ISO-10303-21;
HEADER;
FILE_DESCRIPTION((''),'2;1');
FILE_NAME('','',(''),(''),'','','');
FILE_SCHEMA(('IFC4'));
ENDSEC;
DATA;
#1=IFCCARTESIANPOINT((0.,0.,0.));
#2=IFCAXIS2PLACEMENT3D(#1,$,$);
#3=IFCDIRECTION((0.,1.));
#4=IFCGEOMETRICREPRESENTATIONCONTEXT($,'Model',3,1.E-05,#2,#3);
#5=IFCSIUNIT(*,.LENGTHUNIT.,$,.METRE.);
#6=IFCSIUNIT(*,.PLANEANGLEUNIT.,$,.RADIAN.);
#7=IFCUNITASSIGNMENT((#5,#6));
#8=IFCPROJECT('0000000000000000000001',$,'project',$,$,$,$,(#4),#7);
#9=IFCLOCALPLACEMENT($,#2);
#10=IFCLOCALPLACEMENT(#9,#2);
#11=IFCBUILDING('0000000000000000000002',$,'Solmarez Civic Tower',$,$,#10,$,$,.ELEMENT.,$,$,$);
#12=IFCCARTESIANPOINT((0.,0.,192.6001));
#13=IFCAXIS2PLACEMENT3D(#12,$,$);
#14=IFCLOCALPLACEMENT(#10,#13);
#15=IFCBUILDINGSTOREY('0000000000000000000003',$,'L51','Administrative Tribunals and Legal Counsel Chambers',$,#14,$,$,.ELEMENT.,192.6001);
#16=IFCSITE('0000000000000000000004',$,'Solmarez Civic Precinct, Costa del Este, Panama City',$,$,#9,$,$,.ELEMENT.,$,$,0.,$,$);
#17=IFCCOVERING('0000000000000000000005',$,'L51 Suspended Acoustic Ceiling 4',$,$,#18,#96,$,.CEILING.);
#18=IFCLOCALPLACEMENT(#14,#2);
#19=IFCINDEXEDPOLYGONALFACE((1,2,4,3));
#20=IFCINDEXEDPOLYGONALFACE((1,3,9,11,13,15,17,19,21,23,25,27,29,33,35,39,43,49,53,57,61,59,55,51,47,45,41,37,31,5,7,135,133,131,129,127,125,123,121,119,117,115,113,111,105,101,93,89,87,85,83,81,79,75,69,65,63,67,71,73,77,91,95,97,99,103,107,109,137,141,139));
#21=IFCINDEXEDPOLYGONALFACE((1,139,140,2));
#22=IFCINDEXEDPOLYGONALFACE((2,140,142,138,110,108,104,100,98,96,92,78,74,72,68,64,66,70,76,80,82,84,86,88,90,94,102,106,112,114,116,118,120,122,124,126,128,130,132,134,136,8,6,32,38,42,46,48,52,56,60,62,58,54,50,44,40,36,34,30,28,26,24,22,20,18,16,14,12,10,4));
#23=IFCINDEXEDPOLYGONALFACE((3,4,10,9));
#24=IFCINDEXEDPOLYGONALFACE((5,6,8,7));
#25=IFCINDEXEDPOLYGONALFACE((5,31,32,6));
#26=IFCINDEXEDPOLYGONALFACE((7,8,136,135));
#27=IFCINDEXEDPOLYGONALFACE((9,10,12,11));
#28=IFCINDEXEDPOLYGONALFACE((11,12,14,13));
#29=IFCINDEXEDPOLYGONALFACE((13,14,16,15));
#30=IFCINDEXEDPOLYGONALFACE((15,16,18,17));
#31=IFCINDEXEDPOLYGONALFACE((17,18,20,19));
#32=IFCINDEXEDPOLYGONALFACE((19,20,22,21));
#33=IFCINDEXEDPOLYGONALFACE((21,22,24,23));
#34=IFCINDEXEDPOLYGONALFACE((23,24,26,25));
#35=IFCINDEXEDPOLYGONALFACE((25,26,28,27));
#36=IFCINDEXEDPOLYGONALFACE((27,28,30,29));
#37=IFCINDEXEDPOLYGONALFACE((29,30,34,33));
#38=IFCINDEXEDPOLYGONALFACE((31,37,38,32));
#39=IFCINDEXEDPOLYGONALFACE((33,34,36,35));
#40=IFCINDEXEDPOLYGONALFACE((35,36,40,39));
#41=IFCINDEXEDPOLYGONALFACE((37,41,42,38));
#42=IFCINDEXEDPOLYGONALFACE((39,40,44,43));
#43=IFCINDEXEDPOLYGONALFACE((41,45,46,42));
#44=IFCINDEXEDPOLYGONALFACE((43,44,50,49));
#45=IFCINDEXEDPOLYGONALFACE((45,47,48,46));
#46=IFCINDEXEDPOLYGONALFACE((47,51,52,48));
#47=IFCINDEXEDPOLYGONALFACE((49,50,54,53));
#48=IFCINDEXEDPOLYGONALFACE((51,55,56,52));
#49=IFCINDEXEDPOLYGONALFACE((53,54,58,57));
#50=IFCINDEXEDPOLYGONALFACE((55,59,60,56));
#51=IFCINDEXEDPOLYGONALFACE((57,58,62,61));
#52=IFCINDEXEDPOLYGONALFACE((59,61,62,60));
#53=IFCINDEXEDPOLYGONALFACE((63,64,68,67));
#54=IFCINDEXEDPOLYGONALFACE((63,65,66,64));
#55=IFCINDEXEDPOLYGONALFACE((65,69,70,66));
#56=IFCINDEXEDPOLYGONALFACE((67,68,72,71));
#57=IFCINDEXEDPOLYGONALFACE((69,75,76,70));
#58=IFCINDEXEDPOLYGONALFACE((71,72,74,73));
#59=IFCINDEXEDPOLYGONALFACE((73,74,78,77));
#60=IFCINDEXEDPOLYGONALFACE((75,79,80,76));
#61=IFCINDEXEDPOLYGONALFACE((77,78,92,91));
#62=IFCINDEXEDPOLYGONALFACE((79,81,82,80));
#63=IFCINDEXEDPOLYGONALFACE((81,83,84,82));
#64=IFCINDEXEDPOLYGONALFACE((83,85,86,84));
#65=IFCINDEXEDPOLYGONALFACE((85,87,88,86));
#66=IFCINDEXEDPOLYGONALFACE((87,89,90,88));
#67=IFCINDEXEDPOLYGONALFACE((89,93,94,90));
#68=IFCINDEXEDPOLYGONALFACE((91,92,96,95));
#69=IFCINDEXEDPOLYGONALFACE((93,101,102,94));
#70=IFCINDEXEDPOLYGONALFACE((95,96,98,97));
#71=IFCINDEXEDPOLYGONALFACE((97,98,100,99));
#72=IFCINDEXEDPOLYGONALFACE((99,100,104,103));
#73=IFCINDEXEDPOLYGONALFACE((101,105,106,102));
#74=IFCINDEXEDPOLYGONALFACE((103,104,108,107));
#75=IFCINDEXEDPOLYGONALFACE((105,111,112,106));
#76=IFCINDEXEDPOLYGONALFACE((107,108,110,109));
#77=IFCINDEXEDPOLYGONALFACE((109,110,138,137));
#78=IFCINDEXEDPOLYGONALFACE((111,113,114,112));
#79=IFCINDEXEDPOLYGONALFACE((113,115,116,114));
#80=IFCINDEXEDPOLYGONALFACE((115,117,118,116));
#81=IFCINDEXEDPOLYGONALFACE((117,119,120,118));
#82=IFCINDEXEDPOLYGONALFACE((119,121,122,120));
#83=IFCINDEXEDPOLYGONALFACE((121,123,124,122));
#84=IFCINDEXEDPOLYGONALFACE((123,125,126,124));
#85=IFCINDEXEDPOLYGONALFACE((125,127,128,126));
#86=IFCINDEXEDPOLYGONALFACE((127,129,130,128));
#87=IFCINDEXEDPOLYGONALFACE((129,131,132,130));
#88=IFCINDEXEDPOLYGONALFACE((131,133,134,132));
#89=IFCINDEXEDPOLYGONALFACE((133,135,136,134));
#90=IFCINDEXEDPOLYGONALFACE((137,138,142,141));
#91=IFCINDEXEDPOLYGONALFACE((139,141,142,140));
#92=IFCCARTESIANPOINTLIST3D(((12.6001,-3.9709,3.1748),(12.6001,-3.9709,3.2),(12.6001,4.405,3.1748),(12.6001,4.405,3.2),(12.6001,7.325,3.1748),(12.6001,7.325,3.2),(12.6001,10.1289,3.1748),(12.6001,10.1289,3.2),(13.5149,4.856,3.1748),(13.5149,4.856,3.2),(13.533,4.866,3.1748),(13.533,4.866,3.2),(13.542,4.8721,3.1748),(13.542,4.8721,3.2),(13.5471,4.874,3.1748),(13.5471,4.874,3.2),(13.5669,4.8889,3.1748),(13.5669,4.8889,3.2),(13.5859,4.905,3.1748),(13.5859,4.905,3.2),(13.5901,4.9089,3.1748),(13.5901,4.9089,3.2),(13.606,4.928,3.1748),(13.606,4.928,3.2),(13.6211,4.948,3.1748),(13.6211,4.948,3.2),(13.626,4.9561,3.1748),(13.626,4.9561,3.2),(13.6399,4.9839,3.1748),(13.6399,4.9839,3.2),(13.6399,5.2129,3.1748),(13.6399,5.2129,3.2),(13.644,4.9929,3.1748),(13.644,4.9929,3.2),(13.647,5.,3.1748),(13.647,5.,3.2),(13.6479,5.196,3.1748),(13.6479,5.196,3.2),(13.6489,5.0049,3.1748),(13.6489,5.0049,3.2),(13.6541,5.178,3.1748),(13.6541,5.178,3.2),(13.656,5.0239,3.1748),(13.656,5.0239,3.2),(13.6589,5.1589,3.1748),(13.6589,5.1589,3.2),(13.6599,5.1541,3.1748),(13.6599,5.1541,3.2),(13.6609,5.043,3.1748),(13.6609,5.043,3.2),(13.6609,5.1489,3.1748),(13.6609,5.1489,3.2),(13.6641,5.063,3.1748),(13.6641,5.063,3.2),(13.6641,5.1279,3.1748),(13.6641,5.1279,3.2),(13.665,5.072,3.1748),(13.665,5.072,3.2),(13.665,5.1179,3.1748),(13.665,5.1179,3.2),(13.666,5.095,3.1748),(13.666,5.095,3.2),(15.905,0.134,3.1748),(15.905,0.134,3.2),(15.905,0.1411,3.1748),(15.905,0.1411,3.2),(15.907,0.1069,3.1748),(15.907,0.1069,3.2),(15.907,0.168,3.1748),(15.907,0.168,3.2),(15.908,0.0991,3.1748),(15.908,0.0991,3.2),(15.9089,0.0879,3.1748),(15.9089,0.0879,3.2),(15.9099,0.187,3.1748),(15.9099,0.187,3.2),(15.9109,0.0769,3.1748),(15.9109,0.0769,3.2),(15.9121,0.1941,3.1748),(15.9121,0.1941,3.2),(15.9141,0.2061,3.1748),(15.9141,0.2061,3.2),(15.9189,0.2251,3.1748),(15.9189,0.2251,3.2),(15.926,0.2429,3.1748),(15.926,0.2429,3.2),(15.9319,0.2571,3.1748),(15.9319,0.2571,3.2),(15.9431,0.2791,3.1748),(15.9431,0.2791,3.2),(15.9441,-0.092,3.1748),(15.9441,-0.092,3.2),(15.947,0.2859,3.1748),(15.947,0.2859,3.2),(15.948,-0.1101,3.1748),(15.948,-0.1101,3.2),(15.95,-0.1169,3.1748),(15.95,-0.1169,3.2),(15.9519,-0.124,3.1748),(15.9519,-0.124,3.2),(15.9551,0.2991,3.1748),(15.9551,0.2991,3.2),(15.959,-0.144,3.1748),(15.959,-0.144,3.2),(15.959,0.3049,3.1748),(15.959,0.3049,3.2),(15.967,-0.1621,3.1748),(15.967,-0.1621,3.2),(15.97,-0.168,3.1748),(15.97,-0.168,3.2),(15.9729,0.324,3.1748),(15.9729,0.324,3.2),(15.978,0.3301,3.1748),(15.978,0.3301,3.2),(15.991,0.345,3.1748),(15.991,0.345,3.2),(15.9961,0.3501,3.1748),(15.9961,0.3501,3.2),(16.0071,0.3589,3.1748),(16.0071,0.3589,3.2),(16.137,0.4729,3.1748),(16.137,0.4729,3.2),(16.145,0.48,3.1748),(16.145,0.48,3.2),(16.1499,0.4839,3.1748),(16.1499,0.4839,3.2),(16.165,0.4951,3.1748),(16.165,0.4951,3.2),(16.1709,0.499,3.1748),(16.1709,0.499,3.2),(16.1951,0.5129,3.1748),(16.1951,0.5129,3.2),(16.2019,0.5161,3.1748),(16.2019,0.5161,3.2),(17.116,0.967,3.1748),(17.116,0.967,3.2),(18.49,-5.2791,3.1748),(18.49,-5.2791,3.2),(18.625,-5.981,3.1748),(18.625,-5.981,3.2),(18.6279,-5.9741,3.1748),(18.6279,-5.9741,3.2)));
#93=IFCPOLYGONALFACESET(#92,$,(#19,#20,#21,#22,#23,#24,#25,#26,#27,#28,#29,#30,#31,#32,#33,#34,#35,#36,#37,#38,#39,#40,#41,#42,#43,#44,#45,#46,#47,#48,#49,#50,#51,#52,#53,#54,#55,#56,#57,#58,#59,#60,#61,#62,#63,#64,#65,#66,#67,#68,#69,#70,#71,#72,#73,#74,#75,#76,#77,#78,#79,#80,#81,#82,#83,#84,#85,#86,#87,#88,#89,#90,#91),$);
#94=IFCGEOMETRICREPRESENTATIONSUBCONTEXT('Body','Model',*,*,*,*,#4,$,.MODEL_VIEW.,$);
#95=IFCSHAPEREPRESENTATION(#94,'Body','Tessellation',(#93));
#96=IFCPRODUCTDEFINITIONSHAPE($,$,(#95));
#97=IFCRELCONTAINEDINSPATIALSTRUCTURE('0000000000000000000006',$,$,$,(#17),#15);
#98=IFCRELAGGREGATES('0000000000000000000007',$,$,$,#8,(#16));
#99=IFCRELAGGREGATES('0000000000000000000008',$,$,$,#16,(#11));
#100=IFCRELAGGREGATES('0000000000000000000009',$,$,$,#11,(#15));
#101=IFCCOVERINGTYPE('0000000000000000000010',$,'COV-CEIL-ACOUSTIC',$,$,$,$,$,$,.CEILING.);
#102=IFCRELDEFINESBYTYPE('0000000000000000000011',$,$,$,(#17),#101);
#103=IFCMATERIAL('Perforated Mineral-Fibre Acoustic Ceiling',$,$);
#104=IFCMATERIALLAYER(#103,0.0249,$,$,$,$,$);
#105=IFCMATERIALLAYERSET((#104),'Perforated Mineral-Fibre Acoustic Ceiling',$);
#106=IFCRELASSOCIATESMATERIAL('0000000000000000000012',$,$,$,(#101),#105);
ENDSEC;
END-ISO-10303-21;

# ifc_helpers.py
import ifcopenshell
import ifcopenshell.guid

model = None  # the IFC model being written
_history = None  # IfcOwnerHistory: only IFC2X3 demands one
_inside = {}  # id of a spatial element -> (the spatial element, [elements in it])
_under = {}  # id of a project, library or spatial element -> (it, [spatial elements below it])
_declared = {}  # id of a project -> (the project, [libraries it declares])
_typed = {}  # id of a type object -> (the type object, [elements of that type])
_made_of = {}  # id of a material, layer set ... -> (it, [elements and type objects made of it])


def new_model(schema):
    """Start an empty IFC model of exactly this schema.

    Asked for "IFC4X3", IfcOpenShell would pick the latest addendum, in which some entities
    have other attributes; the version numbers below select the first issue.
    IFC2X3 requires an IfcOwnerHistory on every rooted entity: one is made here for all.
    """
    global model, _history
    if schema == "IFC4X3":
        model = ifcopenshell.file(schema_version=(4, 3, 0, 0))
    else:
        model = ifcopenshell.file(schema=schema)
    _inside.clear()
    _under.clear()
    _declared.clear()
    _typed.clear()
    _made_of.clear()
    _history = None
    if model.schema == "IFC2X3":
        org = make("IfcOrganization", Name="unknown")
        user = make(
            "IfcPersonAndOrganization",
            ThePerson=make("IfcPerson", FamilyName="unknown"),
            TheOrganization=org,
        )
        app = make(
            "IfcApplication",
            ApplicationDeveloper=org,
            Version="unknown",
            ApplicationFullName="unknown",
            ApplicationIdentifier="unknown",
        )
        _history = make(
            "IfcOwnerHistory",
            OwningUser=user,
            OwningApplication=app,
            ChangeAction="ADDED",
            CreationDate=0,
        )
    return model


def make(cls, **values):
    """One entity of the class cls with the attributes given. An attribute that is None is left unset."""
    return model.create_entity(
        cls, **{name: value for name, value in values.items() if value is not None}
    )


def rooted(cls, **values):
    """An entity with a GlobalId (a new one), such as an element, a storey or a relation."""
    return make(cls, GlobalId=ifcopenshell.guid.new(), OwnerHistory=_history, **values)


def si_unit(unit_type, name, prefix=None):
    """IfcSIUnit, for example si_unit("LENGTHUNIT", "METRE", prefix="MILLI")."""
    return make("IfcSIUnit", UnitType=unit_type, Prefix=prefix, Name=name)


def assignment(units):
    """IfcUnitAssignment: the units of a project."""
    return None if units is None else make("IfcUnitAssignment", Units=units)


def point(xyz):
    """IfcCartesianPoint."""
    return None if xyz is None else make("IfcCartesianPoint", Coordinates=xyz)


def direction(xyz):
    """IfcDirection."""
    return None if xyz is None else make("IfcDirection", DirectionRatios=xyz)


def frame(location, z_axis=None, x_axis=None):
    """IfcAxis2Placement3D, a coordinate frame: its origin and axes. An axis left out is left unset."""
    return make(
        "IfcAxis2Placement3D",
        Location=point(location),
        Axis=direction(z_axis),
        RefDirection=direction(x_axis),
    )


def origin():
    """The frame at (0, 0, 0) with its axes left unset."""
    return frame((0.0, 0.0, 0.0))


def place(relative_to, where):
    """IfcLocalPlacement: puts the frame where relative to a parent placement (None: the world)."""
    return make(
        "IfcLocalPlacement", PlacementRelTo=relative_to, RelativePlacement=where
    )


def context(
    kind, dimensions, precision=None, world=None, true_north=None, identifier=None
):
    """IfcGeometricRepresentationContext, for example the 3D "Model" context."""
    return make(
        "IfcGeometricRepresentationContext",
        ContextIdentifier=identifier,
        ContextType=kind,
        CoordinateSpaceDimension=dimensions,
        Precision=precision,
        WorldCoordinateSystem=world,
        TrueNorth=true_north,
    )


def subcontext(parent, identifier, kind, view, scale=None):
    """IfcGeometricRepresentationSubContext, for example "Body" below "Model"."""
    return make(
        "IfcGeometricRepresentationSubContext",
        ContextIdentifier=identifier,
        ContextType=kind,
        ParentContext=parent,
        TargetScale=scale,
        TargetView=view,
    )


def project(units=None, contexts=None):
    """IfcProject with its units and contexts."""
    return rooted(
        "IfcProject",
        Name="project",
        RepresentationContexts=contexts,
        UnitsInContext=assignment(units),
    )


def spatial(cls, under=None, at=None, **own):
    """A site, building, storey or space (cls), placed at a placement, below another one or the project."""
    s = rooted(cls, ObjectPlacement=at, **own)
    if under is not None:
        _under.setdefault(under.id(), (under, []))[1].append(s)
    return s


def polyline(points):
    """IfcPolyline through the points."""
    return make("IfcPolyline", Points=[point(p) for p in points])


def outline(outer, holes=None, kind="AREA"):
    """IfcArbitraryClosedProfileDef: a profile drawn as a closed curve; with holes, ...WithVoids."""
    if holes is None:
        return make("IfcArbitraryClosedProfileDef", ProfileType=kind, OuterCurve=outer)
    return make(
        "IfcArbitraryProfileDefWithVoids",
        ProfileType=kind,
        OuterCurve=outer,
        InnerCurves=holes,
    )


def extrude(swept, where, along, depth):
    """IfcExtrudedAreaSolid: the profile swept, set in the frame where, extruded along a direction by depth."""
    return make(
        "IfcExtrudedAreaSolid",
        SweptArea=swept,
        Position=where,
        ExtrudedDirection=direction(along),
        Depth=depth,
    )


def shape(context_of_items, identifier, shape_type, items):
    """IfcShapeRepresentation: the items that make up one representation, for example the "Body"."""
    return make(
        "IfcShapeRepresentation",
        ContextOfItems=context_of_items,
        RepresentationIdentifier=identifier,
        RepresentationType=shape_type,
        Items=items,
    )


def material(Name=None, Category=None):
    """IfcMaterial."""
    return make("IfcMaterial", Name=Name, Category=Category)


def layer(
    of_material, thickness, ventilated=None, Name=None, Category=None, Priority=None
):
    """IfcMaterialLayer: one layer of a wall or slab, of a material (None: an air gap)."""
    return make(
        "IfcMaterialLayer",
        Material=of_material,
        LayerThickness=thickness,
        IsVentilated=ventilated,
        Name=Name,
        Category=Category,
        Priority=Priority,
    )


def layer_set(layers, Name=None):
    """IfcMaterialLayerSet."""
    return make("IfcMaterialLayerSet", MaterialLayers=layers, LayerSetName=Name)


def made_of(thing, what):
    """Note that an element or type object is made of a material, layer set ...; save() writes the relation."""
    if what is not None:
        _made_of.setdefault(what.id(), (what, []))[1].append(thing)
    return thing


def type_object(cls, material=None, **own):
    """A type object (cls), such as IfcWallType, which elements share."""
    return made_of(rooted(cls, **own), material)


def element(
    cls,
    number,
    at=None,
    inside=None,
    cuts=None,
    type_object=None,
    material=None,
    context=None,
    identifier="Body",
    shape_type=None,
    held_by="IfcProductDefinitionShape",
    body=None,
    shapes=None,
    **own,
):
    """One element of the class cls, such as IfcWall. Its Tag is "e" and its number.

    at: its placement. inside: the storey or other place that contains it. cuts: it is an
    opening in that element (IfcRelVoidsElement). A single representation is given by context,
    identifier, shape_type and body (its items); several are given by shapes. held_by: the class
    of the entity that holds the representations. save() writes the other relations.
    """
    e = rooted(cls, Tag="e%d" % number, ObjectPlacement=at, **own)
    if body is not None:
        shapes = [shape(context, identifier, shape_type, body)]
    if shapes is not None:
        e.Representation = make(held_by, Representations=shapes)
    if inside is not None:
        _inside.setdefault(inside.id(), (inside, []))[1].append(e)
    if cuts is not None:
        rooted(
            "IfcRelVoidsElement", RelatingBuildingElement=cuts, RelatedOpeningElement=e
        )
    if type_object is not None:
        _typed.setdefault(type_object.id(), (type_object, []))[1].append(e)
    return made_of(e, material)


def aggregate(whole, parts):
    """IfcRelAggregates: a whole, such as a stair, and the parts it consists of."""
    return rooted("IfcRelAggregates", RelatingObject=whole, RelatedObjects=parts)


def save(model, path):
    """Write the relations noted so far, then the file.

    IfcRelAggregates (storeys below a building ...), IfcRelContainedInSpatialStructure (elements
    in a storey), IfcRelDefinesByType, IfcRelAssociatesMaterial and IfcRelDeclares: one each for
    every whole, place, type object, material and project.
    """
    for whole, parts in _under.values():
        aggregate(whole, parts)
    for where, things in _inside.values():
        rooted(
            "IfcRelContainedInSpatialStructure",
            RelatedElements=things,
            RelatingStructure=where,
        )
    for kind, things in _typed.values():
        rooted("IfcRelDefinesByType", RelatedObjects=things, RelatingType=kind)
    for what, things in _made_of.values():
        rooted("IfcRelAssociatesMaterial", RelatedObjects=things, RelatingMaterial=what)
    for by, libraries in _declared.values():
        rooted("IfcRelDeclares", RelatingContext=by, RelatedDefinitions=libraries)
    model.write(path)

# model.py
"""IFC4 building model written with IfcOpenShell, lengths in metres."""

from ifc_helpers import new_model, si_unit, direction, frame, origin, place, context, subcontext, project, spatial, polyline, outline, extrude, material, layer, layer_set, type_object, element, save


model = new_model("IFC4")

# Units and contexts
model_context = context("Model", 3, precision=1e-05, world=origin(), true_north=direction((0.0, 1.0)))
body_context = subcontext(model_context, "Body", "Model", "MODEL_VIEW")
ifc_project = project(units=[si_unit("LENGTHUNIT", "METRE"), si_unit("PLANEANGLEUNIT", "RADIAN")], contexts=[model_context])

# Site, building, storey
site_placement = place(None, origin())
site = spatial("IfcSite", under=ifc_project, at=site_placement, Name="Solmarez Civic Precinct, Costa del Este, Panama City", CompositionType="ELEMENT", RefElevation=0.0)
building_placement = place(site_placement, origin())
building = spatial("IfcBuilding", under=site, at=building_placement, Name="Solmarez Civic Tower", CompositionType="ELEMENT")
storey_placement = place(building_placement, frame((0.0, 0.0, 192.6001)))
storey = spatial("IfcBuildingStorey", under=building, at=storey_placement, Name="L51", Description="Administrative Tribunals and Legal Counsel Chambers", CompositionType="ELEMENT", Elevation=192.6001)

# Covering
ifc_material_1 = material(Name="Perforated Mineral-Fibre Acoustic Ceiling")
ifc_layer_1 = layer(ifc_material_1, 0.0249)
ifc_layer_set_1 = layer_set([ifc_layer_1], Name="Perforated Mineral-Fibre Acoustic Ceiling")
covering_type_1 = type_object("IfcCoveringType", Name="COV-CEIL-ACOUSTIC", PredefinedType="CEILING", material=ifc_layer_set_1)
covering_1_placement = place(storey_placement, frame((0.0, 0.0, 3.1748)))
element("IfcCovering", 1, at=covering_1_placement, inside=storey, type_object=covering_type_1, Name="L51 Suspended Acoustic Ceiling 4", PredefinedType="CEILING", context=body_context, shape_type="SweptSolid", body=[
    extrude(outline(polyline([(12.6001, 10.1289), (12.6001, 7.325), (13.6399, 5.2129), (13.6479, 5.196), (13.6541, 5.178), (13.6589, 5.1589), (13.6599, 5.1541), (13.6609, 5.1489), (13.6641, 5.1279), (13.665, 5.1179), (13.666, 5.095), (13.665, 5.072), (13.6641, 5.063), (13.6609, 5.043), (13.656, 5.0239), (13.6489, 5.0049), (13.647, 5.0), (13.644, 4.9929), (13.6399, 4.9839), (13.626, 4.9561), (13.6211, 4.948), (13.606, 4.928), (13.5901, 4.9089), (13.5859, 4.905), (13.5669, 4.8889), (13.5471, 4.874), (13.542, 4.8721), (13.533, 4.866), (13.5149, 4.856), (12.6001, 4.405), (12.6001, -3.9709), (18.625, -5.981), (18.6279, -5.9741), (18.49, -5.2791), (15.97, -0.168), (15.967, -0.1621), (15.959, -0.144), (15.9519, -0.124), (15.95, -0.1169), (15.948, -0.1101), (15.9441, -0.092), (15.9109, 0.0769), (15.9089, 0.0879), (15.908, 0.0991), (15.907, 0.1069), (15.905, 0.134), (15.905, 0.1411), (15.907, 0.168), (15.9099, 0.187), (15.9121, 0.1941), (15.9141, 0.2061), (15.9189, 0.2251), (15.926, 0.2429), (15.9319, 0.2571), (15.9431, 0.2791), (15.947, 0.2859), (15.9551, 0.2991), (15.959, 0.3049), (15.9729, 0.324), (15.978, 0.3301), (15.991, 0.345), (15.9961, 0.3501), (16.0071, 0.3589), (16.137, 0.4729), (16.145, 0.48), (16.1499, 0.4839), (16.165, 0.4951), (16.1709, 0.499), (16.1951, 0.5129), (16.2019, 0.5161), (17.116, 0.967), (12.6001, 10.1289)])), origin(), (0.0, 0.0, 1.0), 0.0251),
])

save(model, "model.ifc")
